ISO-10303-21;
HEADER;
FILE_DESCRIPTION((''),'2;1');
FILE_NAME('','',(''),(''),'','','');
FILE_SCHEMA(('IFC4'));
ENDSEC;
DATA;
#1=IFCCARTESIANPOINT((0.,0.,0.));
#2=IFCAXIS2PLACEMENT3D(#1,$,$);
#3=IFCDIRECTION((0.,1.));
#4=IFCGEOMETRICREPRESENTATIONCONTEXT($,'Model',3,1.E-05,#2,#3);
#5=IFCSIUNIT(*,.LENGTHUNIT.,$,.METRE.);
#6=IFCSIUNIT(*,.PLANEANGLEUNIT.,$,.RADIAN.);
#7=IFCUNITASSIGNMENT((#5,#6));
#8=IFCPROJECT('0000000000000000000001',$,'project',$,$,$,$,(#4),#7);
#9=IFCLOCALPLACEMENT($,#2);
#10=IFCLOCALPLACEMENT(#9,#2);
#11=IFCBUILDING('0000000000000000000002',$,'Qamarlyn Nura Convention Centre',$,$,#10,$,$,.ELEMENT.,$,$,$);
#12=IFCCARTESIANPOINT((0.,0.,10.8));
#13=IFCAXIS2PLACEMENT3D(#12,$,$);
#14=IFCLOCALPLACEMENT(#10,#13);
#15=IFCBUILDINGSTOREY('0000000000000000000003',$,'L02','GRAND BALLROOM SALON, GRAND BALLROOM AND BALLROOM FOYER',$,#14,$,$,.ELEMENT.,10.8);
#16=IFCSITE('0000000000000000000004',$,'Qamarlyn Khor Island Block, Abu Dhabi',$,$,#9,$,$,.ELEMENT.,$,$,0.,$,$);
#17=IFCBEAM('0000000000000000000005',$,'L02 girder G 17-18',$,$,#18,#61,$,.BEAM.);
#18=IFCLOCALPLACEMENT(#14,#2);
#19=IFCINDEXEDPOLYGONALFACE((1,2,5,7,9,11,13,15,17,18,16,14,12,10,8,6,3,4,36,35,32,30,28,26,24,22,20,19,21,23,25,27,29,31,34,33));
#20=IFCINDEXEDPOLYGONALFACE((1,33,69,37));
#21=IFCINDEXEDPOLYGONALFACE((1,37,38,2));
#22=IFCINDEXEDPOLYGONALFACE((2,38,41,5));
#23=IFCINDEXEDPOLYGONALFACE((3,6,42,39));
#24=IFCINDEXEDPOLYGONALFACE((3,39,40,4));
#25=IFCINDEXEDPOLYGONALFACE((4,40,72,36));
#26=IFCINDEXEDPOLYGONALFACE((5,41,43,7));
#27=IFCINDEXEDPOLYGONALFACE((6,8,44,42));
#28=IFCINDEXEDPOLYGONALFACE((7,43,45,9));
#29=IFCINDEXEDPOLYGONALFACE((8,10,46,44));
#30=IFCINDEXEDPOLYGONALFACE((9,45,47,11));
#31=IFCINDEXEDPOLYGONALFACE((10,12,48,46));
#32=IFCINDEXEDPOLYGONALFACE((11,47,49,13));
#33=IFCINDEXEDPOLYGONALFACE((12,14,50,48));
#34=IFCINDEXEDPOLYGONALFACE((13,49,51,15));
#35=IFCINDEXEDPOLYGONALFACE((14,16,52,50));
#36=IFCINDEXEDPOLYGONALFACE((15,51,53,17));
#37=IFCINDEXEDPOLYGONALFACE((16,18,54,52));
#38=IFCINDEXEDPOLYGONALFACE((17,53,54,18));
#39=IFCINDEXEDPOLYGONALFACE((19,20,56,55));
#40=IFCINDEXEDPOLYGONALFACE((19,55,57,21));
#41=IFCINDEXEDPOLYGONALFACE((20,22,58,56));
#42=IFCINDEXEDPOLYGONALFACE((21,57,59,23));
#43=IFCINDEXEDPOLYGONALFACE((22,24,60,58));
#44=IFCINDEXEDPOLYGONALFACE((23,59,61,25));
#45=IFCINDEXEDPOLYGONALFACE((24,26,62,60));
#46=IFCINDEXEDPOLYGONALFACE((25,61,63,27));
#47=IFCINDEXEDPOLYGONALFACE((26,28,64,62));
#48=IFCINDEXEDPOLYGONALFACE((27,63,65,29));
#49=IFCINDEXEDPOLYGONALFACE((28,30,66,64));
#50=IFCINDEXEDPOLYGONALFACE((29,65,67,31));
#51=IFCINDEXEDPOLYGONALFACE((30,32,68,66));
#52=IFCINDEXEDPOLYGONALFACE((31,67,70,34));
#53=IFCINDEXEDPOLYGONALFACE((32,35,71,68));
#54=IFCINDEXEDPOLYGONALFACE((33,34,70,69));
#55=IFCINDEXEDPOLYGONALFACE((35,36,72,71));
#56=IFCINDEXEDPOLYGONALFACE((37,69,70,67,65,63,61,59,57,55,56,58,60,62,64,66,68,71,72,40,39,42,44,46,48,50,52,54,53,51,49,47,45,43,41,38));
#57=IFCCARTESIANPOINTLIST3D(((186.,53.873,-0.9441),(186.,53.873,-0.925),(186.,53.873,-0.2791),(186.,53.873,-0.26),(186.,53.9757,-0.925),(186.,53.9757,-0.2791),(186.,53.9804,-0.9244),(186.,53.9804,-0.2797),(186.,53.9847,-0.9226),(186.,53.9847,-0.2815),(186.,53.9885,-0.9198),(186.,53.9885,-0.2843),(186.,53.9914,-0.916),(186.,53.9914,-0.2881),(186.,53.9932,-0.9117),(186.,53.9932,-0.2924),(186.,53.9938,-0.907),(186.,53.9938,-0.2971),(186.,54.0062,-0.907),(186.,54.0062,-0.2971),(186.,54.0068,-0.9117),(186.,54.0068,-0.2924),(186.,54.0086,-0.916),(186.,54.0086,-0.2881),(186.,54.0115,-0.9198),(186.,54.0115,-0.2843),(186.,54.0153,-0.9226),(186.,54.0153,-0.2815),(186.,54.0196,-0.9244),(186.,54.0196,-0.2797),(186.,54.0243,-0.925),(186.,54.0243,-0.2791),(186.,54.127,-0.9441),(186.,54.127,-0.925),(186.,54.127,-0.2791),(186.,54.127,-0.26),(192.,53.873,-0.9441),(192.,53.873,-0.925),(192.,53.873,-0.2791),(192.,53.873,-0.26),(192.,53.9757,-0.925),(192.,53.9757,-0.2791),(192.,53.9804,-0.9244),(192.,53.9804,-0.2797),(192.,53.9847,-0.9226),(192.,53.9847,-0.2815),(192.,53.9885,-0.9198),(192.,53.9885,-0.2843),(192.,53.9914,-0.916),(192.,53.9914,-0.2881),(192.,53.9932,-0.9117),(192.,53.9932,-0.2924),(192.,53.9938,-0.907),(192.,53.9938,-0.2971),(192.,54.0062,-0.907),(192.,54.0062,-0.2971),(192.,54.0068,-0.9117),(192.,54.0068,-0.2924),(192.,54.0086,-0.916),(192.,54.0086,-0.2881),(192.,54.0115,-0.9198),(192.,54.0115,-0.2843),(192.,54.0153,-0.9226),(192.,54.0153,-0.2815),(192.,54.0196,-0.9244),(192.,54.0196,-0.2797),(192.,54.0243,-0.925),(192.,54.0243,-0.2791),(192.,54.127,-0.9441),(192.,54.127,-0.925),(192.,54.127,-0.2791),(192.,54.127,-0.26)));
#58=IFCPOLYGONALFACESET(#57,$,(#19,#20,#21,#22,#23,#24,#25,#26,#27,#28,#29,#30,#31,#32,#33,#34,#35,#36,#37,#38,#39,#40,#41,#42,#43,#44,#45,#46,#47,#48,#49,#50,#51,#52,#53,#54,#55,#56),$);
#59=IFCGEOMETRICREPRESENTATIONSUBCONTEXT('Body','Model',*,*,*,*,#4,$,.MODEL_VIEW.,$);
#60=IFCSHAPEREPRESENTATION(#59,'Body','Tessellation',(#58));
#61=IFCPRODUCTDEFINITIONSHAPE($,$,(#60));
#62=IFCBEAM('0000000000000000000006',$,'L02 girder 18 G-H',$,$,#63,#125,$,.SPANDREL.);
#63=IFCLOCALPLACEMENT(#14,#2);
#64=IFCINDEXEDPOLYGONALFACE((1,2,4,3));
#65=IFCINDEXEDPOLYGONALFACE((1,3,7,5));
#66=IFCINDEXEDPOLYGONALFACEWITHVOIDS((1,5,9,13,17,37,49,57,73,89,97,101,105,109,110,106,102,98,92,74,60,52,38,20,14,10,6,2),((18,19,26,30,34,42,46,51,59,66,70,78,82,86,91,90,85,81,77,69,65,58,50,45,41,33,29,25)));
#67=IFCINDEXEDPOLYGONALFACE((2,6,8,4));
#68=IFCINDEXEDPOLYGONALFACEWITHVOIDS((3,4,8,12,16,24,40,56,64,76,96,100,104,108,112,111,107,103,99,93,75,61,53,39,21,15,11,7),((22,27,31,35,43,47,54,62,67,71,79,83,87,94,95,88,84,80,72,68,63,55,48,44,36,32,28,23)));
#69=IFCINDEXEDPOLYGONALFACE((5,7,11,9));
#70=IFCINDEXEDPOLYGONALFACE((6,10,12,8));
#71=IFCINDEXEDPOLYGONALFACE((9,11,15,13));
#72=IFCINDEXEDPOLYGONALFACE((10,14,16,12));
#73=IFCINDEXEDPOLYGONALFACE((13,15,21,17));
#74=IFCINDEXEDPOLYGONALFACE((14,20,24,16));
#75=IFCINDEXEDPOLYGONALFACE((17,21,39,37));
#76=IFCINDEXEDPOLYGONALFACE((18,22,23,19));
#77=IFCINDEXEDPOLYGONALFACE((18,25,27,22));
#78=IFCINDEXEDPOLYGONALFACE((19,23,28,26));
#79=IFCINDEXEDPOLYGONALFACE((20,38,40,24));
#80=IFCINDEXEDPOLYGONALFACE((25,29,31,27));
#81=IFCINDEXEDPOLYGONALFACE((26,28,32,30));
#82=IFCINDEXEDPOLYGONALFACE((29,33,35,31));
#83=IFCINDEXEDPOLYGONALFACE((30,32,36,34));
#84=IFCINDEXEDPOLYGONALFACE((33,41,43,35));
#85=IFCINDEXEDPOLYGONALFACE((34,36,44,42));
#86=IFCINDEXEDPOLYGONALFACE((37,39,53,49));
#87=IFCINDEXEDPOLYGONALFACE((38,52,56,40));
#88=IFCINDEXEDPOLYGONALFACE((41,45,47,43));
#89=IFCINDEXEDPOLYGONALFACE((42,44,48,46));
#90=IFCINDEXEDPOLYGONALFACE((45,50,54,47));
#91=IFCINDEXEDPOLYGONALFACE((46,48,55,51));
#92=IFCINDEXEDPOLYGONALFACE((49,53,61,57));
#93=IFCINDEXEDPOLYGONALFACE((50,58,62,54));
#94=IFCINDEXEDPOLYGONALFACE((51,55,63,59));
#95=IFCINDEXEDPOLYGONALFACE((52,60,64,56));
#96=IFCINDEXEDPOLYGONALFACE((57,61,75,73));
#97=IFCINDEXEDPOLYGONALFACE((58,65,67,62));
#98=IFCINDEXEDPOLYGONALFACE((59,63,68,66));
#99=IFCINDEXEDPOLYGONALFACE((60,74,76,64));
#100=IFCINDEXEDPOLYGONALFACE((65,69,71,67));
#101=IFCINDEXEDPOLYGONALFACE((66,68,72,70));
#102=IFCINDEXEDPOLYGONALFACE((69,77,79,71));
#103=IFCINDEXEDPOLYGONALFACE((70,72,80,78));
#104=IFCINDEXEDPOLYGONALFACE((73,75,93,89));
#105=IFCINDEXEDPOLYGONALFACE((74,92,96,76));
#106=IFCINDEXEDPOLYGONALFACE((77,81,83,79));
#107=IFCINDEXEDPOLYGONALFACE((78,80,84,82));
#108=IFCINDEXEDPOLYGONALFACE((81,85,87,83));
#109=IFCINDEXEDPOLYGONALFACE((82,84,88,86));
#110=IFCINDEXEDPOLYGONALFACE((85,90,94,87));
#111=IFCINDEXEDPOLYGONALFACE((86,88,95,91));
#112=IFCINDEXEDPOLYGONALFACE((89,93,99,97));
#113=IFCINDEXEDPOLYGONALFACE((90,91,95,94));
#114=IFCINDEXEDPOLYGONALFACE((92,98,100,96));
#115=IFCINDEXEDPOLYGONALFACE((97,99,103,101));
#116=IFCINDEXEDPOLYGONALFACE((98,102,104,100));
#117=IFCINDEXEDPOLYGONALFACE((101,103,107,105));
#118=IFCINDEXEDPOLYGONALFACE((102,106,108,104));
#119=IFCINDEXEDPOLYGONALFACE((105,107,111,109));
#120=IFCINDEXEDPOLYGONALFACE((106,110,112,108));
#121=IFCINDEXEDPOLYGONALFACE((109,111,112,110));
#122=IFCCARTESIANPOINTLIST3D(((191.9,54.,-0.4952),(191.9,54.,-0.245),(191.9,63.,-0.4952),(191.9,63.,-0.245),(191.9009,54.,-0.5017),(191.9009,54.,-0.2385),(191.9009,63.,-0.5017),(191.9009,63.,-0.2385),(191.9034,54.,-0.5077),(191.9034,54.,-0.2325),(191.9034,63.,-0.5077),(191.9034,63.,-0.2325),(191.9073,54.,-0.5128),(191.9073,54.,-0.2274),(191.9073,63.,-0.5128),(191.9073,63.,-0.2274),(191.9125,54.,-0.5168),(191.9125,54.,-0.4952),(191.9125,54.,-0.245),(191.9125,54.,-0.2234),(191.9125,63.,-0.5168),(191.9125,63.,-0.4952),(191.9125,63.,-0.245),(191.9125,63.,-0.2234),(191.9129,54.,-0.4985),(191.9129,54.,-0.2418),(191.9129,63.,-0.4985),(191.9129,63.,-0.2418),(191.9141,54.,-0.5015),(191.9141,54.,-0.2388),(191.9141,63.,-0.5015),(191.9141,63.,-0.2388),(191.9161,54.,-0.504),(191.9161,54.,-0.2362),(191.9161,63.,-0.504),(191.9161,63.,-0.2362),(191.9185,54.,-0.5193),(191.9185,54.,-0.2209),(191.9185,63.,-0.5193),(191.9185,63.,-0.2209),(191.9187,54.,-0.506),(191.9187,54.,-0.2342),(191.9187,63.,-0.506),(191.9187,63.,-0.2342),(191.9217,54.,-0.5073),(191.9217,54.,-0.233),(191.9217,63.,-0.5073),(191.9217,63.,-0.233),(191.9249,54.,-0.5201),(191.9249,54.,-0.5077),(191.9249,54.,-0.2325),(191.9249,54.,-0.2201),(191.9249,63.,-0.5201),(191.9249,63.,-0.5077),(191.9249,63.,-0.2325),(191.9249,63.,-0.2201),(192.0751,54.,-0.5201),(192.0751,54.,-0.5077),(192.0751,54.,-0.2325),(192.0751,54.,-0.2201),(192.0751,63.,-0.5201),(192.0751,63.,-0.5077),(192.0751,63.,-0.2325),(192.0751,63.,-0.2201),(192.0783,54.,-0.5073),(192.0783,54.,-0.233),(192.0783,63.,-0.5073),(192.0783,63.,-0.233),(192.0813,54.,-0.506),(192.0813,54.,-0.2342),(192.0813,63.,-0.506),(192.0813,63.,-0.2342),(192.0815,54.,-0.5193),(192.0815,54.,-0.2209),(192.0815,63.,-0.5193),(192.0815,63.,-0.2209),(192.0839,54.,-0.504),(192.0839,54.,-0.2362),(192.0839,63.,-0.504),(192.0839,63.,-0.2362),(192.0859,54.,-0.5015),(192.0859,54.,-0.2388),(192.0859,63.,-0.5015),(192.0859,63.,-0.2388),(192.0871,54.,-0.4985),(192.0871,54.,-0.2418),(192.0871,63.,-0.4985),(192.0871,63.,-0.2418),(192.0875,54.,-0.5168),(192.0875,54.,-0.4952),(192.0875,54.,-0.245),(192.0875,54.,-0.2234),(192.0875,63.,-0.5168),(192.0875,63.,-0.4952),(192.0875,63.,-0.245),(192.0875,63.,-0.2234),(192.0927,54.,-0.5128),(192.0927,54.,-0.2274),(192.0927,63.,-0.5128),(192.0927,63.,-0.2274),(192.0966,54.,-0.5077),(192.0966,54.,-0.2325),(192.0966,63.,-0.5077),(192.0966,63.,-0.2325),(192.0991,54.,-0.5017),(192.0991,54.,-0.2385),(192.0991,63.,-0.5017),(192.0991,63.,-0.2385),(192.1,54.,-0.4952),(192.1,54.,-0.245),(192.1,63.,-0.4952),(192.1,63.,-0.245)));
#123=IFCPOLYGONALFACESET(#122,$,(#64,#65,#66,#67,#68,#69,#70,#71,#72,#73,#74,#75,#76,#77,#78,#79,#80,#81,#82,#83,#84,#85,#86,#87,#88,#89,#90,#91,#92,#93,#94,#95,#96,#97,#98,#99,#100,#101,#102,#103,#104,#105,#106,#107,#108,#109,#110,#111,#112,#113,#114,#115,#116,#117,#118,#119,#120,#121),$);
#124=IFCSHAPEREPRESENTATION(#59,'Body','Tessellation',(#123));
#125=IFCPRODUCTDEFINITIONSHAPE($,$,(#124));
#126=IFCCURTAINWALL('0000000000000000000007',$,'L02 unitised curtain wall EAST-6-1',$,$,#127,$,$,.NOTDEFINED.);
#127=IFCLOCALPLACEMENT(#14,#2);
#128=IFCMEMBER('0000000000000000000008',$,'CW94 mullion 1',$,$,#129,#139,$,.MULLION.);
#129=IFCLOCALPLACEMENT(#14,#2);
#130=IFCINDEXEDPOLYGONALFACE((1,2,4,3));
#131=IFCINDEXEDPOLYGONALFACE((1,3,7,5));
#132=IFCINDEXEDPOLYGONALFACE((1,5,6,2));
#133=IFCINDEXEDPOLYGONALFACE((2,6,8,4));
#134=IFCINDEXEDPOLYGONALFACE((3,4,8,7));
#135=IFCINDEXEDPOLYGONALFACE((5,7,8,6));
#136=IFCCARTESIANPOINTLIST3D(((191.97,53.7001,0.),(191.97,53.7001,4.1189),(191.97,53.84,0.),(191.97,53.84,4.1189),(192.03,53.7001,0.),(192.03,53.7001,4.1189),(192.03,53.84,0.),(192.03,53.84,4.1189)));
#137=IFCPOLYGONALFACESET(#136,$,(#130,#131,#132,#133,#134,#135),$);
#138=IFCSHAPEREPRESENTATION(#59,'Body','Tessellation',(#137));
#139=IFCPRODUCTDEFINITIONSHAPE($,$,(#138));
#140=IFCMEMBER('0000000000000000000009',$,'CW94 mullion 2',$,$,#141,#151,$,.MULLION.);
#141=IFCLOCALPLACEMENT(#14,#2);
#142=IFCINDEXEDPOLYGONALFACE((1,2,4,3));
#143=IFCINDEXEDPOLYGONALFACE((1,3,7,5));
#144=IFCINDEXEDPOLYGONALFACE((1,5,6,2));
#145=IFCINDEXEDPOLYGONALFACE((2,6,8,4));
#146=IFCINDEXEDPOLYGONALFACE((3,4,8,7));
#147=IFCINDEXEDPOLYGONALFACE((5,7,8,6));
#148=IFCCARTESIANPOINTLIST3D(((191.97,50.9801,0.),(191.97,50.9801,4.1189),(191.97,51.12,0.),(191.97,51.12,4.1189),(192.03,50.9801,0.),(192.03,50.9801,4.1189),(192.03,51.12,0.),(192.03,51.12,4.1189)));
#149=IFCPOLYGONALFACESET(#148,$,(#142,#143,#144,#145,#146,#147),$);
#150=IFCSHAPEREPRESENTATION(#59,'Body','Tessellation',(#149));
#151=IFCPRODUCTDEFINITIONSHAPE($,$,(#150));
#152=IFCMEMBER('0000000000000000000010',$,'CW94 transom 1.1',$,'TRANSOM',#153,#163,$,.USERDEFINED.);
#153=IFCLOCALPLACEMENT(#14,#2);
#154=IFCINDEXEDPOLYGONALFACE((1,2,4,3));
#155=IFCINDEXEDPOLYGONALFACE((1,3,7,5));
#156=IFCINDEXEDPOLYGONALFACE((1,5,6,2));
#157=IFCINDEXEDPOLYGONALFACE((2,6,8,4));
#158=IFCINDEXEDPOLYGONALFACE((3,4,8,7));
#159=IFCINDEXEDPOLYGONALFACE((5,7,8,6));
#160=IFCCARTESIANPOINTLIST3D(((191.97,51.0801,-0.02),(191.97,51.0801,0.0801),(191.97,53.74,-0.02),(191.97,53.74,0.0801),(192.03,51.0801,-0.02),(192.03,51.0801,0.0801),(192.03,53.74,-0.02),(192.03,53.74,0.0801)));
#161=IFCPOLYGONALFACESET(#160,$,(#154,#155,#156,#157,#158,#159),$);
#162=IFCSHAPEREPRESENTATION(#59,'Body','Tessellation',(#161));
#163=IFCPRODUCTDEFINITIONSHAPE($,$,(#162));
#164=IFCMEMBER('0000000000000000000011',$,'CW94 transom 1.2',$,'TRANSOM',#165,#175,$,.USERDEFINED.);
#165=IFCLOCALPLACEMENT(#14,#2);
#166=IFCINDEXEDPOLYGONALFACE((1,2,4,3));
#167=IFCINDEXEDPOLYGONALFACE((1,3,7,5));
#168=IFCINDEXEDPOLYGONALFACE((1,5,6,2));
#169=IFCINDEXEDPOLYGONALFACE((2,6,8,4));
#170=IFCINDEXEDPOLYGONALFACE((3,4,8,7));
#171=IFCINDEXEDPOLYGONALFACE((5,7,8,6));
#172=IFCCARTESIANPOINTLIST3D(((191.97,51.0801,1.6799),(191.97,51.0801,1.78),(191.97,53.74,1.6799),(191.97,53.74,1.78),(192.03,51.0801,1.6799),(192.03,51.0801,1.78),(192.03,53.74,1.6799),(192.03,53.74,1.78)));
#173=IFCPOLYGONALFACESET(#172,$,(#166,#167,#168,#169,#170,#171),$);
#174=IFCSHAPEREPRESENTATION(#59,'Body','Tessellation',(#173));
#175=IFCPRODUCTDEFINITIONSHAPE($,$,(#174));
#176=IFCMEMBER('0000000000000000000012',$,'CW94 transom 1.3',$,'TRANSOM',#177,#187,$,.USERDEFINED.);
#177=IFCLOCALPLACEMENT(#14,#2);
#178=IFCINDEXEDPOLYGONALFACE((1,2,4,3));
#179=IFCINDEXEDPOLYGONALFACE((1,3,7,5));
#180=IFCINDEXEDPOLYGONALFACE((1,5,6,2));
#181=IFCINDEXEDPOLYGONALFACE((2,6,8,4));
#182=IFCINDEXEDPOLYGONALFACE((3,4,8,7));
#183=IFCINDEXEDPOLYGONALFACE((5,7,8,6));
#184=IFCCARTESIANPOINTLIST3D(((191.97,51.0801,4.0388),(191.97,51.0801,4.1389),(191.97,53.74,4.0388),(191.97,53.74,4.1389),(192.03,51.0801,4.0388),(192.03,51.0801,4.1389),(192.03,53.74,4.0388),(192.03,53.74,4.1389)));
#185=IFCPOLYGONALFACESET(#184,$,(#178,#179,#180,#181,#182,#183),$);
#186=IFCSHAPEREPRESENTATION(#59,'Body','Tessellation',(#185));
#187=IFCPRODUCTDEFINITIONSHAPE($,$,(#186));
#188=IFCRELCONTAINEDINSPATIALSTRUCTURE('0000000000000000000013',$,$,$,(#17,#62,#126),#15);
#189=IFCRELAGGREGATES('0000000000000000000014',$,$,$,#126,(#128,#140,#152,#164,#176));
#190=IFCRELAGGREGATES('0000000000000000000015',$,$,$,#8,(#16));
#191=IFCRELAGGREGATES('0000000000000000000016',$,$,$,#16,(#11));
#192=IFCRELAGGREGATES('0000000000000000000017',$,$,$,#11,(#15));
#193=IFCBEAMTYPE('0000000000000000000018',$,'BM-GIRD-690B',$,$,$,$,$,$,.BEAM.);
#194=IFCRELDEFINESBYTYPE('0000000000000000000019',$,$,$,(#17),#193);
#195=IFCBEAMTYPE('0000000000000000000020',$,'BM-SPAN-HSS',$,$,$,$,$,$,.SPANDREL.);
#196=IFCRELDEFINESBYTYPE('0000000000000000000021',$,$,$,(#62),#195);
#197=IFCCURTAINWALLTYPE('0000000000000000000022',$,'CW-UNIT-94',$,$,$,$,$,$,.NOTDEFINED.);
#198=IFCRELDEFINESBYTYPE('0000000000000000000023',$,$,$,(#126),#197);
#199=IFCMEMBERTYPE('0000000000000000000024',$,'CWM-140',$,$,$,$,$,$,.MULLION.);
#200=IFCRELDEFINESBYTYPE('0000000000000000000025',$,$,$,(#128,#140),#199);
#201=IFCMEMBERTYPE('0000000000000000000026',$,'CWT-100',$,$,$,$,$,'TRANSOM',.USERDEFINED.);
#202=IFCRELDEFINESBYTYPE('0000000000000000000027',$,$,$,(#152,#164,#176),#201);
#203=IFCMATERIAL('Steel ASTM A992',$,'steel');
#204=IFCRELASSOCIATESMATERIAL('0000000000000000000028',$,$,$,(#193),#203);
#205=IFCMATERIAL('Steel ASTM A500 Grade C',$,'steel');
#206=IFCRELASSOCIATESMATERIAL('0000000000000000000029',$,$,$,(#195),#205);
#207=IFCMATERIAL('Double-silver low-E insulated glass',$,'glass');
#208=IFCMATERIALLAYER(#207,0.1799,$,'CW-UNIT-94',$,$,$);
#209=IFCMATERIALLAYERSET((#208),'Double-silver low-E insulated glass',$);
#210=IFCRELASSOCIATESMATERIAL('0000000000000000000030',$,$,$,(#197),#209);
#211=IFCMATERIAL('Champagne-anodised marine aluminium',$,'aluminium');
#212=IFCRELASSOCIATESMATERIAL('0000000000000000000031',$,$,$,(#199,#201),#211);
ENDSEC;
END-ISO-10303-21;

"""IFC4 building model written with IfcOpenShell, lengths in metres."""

from ifc_helpers import new_model, si_unit, direction, frame, origin, origin_2d, place, context, subcontext, project, spatial, rectangle, hollow_rectangle, i_section, extrude, material, layer, layer_set, material_profile, profile_set, type_object, element, aggregate, save


model = new_model("IFC4")

# Units and contexts
model_context = context("Model", 3, precision=1e-05, world=origin(), true_north=direction((0.0, 1.0)))
body_context = subcontext(model_context, "Body", "Model", "MODEL_VIEW")
ifc_project = project(units=[si_unit("LENGTHUNIT", "METRE"), si_unit("PLANEANGLEUNIT", "RADIAN")], contexts=[model_context])

# Site, building, storey
site_placement = place(None, origin())
site = spatial("IfcSite", under=ifc_project, at=site_placement, Name="Qamarlyn Khor Island Block, Abu Dhabi", CompositionType="ELEMENT", RefElevation=0.0)
building_placement = place(site_placement, origin())
building = spatial("IfcBuilding", under=site, at=building_placement, Name="Qamarlyn Nura Convention Centre", CompositionType="ELEMENT")
storey_placement = place(building_placement, frame((0.0, 0.0, 10.8)))
storey = spatial("IfcBuildingStorey", under=building, at=storey_placement, Name="L02", Description="GRAND BALLROOM SALON, GRAND BALLROOM AND BALLROOM FOYER", CompositionType="ELEMENT", Elevation=10.8)

# Shared definitions
ifc_material_1 = material(Name="Steel ASTM A500 Grade C", Category="steel")
ifc_material_2 = material(Name="Steel ASTM A992", Category="steel")

# Beams
ifc_material_profile_1 = material_profile(ifc_material_2, i_section(OverallWidth=0.2539, OverallDepth=0.6841, WebThickness=0.0125, FlangeThickness=0.019, FilletRadius=0.0181, at=origin_2d()), Name="W690X140")
ifc_profile_set_1 = profile_set([ifc_material_profile_1], Name="Steel ASTM A992")
beam_type_1 = type_object("IfcBeamType", Name="BM-GIRD-690B", PredefinedType="BEAM", material=ifc_profile_set_1)
beam_1_placement = place(storey_placement, frame((186.0, 54.0, -0.6021), z_axis=(1.0, 0.0, 0.0), x_axis=(0.0, 1.0, 0.0)))
element("IfcBeam", 1, at=beam_1_placement, inside=storey, type_object=beam_type_1, Name="L02 girder G 17-18", PredefinedType="BEAM", context=body_context, shape_type="SweptSolid", body=[
    extrude(i_section(OverallWidth=0.2539, OverallDepth=0.6841, WebThickness=0.0125, FlangeThickness=0.019, FilletRadius=0.0181, at=origin_2d()), origin(), (0.0, 0.0, 1.0), 6.0),
])
ifc_material_profile_2 = material_profile(ifc_material_1, hollow_rectangle(XDim=0.2, YDim=0.3, WallThickness=0.0125, InnerFilletRadius=0.0125, OuterFilletRadius=0.0249, at=origin_2d()), Name="HSS300X200X12.5")
ifc_profile_set_2 = profile_set([ifc_material_profile_2], Name="Steel ASTM A500 Grade C")
beam_type_2 = type_object("IfcBeamType", Name="BM-SPAN-HSS", PredefinedType="SPANDREL", material=ifc_profile_set_2)
beam_2_placement = place(storey_placement, frame((192.0, 54.0, -0.3701), z_axis=(0.0, 1.0, 0.0), x_axis=(-1.0, 0.0, 0.0)))
element("IfcBeam", 2, at=beam_2_placement, inside=storey, type_object=beam_type_2, Name="L02 girder 18 G-H", PredefinedType="SPANDREL", context=body_context, shape_type="SweptSolid", body=[
    extrude(hollow_rectangle(XDim=0.2, YDim=0.3, WallThickness=0.0125, InnerFilletRadius=0.0125, OuterFilletRadius=0.0249, at=origin_2d()), origin(), (0.0, 0.0, 1.0), 9.0),
])

# Curtain wall, members
ifc_material_3 = material(Name="Double-silver low-E insulated glass", Category="glass")
ifc_layer_1 = layer(ifc_material_3, 0.1799, Name="CW-UNIT-94")
ifc_layer_set_1 = layer_set([ifc_layer_1], Name="Double-silver low-E insulated glass")
curtain_wall_type = type_object("IfcCurtainWallType", Name="CW-UNIT-94", PredefinedType="NOTDEFINED", material=ifc_layer_set_1)
curtain_wall_placement = place(storey_placement, origin())
curtain_wall = element("IfcCurtainWall", 3, at=curtain_wall_placement, inside=storey, type_object=curtain_wall_type, Name="L02 unitised curtain wall EAST-6-1", PredefinedType="NOTDEFINED")
ifc_material_4 = material(Name="Champagne-anodised marine aluminium", Category="aluminium")
ifc_material_profile_3 = material_profile(ifc_material_4, rectangle(XDim=0.0601, YDim=0.1399, at=origin_2d()), Name="ALU MULLION 60x140")
ifc_profile_set_3 = profile_set([ifc_material_profile_3], Name="Champagne-anodised marine aluminium")
member_type_1 = type_object("IfcMemberType", Name="CWM-140", PredefinedType="MULLION", material=ifc_profile_set_3)
member_1_placement = place(storey_placement, frame((192.0, 53.77, 0.0), z_axis=(0.0, 0.0, 1.0), x_axis=(1.0, 0.0, 0.0)))
member_1 = element("IfcMember", 4, at=member_1_placement, type_object=member_type_1, Name="CW94 mullion 1", PredefinedType="MULLION", context=body_context, shape_type="SweptSolid", body=[
    extrude(rectangle(XDim=0.0601, YDim=0.1399, at=origin_2d()), origin(), (0.0, 0.0, 1.0), 4.1189),
])
member_2_placement = place(storey_placement, frame((192.0, 51.05, 0.0), z_axis=(0.0, 0.0, 1.0), x_axis=(1.0, 0.0, 0.0)))
member_2 = element("IfcMember", 5, at=member_2_placement, type_object=member_type_1, Name="CW94 mullion 2", PredefinedType="MULLION", context=body_context, shape_type="SweptSolid", body=[
    extrude(rectangle(XDim=0.0601, YDim=0.1399, at=origin_2d()), origin(), (0.0, 0.0, 1.0), 4.1189),
])
ifc_material_profile_4 = material_profile(ifc_material_4, rectangle(XDim=0.0601, YDim=0.1001, at=origin_2d()), Name="ALU TRANSOM 60x100")
ifc_profile_set_4 = profile_set([ifc_material_profile_4], Name="Champagne-anodised marine aluminium")
member_type_2 = type_object("IfcMemberType", Name="CWT-100", ElementType="TRANSOM", PredefinedType="USERDEFINED", material=ifc_profile_set_4)
member_3_placement = place(storey_placement, frame((192.0, 53.74, 0.03), z_axis=(0.0, -1.0, 0.0), x_axis=(1.0, 0.0, 0.0)))
member_3 = element("IfcMember", 6, at=member_3_placement, type_object=member_type_2, Name="CW94 transom 1.1", ObjectType="TRANSOM", PredefinedType="USERDEFINED", context=body_context, shape_type="SweptSolid", body=[
    extrude(rectangle(XDim=0.0601, YDim=0.1001, at=origin_2d()), origin(), (0.0, 0.0, 1.0), 2.6599),
])
member_4_placement = place(storey_placement, frame((192.0, 53.74, 1.73), z_axis=(0.0, -1.0, 0.0), x_axis=(1.0, 0.0, 0.0)))
member_4 = element("IfcMember", 7, at=member_4_placement, type_object=member_type_2, Name="CW94 transom 1.2", ObjectType="TRANSOM", PredefinedType="USERDEFINED", context=body_context, shape_type="SweptSolid", body=[
    extrude(rectangle(XDim=0.0601, YDim=0.1001, at=origin_2d()), origin(), (0.0, 0.0, 1.0), 2.6599),
])
member_5_placement = place(storey_placement, frame((192.0, 53.74, 4.0889), z_axis=(0.0, -1.0, 0.0), x_axis=(1.0, 0.0, 0.0)))
member_5 = element("IfcMember", 8, at=member_5_placement, type_object=member_type_2, Name="CW94 transom 1.3", ObjectType="TRANSOM", PredefinedType="USERDEFINED", context=body_context, shape_type="SweptSolid", body=[
    extrude(rectangle(XDim=0.0601, YDim=0.1001, at=origin_2d()), origin(), (0.0, 0.0, 1.0), 2.6599),
])
aggregate(curtain_wall, [member_1, member_2, member_3, member_4, member_5])

save(model, "model.ifc")
